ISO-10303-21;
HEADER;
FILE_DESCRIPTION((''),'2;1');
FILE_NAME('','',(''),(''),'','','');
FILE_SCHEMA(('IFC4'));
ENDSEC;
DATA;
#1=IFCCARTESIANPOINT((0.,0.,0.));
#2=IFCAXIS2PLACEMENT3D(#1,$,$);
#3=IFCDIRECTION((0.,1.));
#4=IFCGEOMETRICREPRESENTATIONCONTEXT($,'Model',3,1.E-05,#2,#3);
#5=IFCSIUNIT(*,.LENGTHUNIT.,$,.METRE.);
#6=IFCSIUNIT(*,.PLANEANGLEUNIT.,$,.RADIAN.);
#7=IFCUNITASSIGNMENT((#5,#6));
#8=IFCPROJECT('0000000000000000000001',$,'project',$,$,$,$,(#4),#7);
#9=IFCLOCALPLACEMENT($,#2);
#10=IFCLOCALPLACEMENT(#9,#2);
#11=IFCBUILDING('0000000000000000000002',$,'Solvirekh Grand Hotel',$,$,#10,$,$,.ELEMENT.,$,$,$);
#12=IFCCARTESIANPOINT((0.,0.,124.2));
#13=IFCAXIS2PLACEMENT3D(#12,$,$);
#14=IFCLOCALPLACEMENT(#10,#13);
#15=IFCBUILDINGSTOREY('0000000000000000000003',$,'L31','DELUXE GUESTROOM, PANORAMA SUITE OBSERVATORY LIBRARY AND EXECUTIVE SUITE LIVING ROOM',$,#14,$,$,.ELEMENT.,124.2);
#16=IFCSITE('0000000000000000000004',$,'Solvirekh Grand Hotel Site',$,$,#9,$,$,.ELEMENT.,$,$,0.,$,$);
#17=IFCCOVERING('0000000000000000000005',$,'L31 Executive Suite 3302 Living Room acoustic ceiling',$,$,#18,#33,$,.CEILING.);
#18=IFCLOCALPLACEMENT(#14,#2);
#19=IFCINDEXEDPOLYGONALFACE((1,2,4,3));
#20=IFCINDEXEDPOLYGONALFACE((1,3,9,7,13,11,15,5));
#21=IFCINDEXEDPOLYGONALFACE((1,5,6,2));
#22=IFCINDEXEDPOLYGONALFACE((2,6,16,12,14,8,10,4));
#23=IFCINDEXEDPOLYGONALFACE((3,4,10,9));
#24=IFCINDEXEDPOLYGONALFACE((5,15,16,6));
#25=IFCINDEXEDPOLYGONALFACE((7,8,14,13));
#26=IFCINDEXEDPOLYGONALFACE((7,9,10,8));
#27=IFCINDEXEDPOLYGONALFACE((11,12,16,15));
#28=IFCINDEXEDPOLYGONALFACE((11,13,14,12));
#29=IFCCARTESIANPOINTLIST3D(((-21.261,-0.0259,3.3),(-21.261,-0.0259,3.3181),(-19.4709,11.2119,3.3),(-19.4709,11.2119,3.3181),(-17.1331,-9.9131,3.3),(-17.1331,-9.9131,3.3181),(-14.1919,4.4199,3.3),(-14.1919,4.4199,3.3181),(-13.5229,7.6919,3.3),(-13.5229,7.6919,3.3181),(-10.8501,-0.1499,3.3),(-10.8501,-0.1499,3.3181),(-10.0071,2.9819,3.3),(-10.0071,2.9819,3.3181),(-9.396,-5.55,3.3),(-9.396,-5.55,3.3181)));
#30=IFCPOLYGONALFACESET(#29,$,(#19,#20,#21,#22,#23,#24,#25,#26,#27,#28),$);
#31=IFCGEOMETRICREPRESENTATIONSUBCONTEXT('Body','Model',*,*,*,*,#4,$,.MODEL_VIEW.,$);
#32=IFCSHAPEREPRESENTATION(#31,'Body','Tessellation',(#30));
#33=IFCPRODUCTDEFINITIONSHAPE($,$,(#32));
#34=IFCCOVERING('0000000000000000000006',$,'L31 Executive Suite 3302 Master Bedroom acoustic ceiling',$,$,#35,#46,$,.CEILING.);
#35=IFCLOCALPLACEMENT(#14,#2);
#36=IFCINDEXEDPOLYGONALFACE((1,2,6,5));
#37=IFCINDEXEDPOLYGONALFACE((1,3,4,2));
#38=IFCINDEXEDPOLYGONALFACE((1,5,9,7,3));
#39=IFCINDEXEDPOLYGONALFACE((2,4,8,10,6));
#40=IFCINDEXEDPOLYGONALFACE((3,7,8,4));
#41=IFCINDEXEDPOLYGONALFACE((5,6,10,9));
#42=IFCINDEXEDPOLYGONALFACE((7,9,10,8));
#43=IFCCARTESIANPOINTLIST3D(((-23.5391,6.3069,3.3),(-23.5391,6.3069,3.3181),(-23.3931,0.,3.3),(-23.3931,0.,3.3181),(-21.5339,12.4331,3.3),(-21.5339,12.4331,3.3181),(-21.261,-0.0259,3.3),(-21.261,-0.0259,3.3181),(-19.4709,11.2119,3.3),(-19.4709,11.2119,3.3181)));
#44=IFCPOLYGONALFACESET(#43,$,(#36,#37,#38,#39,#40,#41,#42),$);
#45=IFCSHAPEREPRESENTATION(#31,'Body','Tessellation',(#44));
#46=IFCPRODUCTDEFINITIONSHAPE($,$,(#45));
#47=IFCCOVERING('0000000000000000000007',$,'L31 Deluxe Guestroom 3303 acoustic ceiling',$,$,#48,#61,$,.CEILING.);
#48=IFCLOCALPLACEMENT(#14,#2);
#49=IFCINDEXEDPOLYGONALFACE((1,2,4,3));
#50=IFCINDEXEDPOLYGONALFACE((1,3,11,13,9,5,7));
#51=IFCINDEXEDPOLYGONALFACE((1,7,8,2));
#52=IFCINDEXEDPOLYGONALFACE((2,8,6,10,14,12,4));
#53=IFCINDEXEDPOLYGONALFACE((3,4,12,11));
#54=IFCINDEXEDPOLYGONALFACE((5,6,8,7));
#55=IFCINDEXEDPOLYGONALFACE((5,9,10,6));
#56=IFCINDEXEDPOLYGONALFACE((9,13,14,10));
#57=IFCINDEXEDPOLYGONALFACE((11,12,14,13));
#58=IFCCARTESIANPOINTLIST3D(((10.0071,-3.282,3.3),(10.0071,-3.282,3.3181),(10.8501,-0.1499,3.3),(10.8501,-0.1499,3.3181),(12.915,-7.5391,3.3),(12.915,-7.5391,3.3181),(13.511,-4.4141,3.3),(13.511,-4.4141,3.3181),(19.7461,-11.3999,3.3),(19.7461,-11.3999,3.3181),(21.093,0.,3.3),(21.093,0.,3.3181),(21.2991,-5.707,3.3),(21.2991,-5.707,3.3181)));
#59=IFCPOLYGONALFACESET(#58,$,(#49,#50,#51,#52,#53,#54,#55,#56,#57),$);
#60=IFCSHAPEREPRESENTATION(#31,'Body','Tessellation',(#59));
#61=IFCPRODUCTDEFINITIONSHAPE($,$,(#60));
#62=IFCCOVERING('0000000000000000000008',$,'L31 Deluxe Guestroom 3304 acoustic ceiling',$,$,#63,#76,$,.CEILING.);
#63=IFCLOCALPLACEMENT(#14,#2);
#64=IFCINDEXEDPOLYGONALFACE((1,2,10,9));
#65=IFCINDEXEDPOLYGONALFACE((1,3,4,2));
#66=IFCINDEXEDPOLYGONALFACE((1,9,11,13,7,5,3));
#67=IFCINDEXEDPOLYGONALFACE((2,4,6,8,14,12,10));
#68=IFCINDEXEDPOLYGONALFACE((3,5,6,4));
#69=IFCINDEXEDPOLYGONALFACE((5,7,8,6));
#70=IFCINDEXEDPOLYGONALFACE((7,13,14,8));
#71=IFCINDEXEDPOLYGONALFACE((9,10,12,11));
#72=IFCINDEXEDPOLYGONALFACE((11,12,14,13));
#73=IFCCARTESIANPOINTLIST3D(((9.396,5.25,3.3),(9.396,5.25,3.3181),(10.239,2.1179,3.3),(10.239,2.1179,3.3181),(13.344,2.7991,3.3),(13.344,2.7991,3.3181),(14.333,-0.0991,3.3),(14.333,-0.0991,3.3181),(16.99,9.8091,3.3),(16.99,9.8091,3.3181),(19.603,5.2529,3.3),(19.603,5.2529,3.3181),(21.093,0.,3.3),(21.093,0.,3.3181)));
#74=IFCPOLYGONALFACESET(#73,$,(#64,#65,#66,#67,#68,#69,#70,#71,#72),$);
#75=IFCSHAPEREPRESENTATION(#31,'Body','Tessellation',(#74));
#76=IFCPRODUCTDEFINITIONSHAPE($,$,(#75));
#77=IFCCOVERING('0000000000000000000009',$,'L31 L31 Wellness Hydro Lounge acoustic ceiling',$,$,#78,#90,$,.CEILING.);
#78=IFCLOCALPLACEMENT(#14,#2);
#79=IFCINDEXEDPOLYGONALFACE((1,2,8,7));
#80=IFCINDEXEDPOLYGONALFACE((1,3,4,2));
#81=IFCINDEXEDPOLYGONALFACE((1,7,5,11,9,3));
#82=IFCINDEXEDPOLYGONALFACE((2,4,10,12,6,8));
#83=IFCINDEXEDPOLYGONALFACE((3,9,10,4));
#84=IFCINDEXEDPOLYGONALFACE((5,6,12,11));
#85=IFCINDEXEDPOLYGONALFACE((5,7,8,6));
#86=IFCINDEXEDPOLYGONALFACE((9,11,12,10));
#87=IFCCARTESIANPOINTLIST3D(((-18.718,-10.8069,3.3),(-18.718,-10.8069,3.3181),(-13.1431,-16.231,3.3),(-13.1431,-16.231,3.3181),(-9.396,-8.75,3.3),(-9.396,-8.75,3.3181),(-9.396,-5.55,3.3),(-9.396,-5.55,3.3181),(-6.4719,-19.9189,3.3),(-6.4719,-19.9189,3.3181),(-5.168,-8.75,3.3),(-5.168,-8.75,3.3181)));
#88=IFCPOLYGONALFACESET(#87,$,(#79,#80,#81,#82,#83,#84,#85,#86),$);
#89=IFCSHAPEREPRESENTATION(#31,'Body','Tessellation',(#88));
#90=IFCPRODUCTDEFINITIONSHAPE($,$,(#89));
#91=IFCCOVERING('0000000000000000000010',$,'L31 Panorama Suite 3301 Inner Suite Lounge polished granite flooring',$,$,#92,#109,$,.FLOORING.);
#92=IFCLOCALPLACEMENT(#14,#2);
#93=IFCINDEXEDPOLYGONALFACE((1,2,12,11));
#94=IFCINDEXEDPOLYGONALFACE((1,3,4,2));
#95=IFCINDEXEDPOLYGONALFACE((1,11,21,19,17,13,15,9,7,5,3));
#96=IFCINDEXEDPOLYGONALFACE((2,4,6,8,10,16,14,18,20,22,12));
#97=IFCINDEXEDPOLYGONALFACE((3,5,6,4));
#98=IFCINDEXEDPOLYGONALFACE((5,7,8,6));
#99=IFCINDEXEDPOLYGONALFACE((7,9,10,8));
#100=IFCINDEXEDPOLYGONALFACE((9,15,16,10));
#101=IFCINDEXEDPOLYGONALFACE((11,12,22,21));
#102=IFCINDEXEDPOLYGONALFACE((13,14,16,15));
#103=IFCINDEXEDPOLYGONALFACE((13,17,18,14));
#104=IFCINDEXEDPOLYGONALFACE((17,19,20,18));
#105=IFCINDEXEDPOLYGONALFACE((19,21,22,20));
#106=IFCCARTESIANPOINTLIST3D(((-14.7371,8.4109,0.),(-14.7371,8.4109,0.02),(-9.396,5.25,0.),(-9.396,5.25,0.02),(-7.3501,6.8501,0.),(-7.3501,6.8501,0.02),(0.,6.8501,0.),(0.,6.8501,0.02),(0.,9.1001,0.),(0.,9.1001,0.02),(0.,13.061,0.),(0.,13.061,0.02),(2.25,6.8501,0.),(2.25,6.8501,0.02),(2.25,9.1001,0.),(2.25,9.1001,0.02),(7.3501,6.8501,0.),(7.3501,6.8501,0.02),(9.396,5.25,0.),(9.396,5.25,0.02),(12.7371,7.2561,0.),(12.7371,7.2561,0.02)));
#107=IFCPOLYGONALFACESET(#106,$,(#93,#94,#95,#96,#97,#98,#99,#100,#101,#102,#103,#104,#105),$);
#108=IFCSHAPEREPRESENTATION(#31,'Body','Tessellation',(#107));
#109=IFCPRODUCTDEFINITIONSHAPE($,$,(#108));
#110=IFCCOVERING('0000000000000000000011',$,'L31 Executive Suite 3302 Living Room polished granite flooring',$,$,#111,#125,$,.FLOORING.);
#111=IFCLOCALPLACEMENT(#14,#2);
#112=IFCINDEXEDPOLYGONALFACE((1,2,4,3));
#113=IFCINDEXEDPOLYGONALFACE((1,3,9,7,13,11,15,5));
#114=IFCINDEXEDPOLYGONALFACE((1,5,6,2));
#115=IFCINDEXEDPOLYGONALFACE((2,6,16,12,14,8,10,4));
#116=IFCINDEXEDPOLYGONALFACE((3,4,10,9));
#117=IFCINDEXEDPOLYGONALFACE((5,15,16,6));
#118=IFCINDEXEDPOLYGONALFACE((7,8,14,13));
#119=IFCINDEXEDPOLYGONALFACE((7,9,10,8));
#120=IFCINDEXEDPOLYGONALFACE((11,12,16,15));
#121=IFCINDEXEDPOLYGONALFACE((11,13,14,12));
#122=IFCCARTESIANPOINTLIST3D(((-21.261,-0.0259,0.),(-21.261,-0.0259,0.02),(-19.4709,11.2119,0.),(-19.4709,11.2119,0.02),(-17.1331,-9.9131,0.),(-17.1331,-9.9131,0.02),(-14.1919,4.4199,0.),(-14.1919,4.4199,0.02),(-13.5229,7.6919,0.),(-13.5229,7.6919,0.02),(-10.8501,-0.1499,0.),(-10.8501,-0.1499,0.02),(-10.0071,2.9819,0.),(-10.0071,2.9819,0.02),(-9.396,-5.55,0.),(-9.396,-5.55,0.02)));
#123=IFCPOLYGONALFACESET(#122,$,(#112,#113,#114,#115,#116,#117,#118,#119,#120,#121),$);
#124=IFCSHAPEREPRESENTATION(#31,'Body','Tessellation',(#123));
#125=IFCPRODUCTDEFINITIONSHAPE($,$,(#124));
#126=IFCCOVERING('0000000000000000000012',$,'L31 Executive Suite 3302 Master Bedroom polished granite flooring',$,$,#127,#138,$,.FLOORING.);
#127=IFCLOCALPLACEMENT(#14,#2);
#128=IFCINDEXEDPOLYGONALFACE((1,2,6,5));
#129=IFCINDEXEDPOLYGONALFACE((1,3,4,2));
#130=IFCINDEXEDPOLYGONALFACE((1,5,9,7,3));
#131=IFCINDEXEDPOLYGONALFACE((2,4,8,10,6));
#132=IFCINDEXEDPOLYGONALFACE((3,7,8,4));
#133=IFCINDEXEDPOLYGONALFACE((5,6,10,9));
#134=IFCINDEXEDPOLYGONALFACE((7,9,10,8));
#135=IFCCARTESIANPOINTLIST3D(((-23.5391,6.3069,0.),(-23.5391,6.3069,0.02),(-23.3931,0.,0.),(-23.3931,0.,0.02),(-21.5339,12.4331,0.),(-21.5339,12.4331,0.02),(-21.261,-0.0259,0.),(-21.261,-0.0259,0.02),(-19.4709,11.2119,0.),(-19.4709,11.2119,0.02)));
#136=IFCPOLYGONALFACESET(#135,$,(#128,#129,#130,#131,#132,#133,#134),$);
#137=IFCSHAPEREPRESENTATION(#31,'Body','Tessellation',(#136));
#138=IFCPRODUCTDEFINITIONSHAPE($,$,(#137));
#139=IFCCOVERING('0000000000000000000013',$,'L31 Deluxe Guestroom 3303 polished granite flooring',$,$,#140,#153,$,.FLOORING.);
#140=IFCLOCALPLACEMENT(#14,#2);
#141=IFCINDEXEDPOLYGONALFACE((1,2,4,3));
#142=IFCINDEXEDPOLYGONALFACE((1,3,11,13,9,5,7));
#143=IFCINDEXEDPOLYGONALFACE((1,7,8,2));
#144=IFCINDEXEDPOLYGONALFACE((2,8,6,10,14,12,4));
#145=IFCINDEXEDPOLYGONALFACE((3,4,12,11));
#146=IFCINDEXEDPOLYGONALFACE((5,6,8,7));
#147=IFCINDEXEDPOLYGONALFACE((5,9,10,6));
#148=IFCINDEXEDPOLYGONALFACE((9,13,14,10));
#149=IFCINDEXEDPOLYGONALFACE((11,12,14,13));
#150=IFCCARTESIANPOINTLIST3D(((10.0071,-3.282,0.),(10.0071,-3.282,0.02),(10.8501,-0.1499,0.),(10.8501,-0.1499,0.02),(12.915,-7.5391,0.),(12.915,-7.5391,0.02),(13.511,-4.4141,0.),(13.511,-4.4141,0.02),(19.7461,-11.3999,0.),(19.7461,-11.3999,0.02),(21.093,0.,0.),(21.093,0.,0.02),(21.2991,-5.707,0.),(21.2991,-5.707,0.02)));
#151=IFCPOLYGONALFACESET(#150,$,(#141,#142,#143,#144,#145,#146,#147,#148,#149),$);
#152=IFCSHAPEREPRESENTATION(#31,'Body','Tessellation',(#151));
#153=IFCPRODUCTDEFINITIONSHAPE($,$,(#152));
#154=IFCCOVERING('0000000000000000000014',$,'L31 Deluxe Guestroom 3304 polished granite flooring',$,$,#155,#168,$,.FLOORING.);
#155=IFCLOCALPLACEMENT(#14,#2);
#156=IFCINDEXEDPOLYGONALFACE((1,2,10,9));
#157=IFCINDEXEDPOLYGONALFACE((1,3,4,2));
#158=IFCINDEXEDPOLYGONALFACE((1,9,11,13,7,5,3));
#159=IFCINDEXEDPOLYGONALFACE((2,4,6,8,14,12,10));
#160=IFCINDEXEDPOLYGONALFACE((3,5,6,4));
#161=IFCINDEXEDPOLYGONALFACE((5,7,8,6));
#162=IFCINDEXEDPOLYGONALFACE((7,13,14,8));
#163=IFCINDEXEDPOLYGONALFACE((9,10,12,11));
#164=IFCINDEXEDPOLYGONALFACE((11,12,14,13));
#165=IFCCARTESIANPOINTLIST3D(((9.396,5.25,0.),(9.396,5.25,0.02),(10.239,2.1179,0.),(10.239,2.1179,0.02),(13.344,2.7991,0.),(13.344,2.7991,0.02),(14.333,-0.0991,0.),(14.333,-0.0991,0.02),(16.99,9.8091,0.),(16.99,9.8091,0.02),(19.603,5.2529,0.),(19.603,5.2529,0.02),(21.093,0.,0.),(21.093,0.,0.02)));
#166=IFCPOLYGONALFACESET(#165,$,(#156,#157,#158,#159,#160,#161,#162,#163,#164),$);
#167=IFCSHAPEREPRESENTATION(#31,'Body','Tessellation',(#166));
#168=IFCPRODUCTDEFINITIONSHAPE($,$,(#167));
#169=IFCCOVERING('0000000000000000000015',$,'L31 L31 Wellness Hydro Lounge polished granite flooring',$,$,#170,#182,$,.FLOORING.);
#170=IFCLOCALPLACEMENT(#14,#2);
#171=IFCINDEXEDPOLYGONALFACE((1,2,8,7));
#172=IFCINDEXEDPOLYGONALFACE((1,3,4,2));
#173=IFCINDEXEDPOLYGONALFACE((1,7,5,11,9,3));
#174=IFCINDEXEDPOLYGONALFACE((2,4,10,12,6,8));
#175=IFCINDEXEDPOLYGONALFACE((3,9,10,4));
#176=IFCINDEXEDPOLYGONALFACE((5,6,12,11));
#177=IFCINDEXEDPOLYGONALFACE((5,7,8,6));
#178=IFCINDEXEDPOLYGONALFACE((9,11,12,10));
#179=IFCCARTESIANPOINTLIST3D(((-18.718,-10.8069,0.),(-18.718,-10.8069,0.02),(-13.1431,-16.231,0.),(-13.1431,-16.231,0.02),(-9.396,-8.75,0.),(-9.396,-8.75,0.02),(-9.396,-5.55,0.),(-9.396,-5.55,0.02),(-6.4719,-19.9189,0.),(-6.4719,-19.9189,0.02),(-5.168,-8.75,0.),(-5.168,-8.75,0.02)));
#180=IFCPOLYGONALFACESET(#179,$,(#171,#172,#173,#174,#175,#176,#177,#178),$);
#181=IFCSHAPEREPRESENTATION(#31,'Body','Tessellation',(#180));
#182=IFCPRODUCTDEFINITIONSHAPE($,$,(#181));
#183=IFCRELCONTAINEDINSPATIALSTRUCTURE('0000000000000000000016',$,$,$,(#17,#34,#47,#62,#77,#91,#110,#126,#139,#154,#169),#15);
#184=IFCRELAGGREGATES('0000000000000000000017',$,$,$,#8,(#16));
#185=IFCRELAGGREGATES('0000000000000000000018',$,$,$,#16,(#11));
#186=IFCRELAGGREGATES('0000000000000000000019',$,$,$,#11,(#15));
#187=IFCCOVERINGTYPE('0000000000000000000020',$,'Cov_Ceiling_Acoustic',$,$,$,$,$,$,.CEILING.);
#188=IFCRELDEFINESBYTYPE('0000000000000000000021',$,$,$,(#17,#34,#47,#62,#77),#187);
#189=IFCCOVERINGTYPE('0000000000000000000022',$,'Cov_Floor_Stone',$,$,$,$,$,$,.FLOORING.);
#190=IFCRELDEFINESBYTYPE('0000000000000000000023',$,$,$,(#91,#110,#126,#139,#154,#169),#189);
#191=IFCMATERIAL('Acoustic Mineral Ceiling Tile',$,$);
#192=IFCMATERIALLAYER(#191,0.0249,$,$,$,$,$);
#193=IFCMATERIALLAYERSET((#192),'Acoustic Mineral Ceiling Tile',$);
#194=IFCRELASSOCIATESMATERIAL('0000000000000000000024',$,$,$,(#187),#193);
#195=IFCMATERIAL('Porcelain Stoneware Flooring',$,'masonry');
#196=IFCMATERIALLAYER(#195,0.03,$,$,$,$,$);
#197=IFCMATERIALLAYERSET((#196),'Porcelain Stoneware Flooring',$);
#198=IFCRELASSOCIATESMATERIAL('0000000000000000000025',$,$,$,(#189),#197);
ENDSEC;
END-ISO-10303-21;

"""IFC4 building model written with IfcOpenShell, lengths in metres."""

from ifc_helpers import new_model, si_unit, direction, frame, origin, place, context, subcontext, project, spatial, polyline, outline, extrude, material, layer, layer_set, type_object, element, save


model = new_model("IFC4")

# Units and contexts
model_context = context("Model", 3, precision=1e-05, world=origin(), true_north=direction((0.0, 1.0)))
body_context = subcontext(model_context, "Body", "Model", "MODEL_VIEW")
ifc_project = project(units=[si_unit("LENGTHUNIT", "METRE"), si_unit("PLANEANGLEUNIT", "RADIAN")], contexts=[model_context])

# Site, building, storey
site_placement = place(None, origin())
site = spatial("IfcSite", under=ifc_project, at=site_placement, Name="Solvirekh Grand Hotel Site", CompositionType="ELEMENT", RefElevation=0.0)
building_placement = place(site_placement, origin())
building = spatial("IfcBuilding", under=site, at=building_placement, Name="Solvirekh Grand Hotel", CompositionType="ELEMENT")
storey_placement = place(building_placement, frame((0.0, 0.0, 124.2)))
storey = spatial("IfcBuildingStorey", under=building, at=storey_placement, Name="L31", Description="DELUXE GUESTROOM, PANORAMA SUITE OBSERVATORY LIBRARY AND EXECUTIVE SUITE LIVING ROOM", CompositionType="ELEMENT", Elevation=124.2)

# Coverings
ifc_material_1 = material(Name="Acoustic Mineral Ceiling Tile")
ifc_layer_1 = layer(ifc_material_1, 0.0249)
ifc_layer_set_1 = layer_set([ifc_layer_1], Name="Acoustic Mineral Ceiling Tile")
covering_type_1 = type_object("IfcCoveringType", Name="Cov_Ceiling_Acoustic", PredefinedType="CEILING", material=ifc_layer_set_1)
covering_1_placement = place(storey_placement, frame((0.0, 0.0, 3.3)))
element("IfcCovering", 1, at=covering_1_placement, inside=storey, type_object=covering_type_1, Name="L31 Executive Suite 3302 Living Room acoustic ceiling", PredefinedType="CEILING", context=body_context, shape_type="SweptSolid", body=[
    extrude(outline(polyline([(-14.1919, 4.4199), (-13.5229, 7.6919), (-19.4709, 11.2119), (-21.261, -0.0259), (-17.1331, -9.9131), (-9.396, -5.55), (-10.8501, -0.1499), (-10.0071, 2.9819), (-14.1919, 4.4199)])), origin(), (0.0, 0.0, 1.0), 0.0181),
])
covering_2_placement = place(storey_placement, frame((0.0, 0.0, 3.3)))
element("IfcCovering", 2, at=covering_2_placement, inside=storey, type_object=covering_type_1, Name="L31 Executive Suite 3302 Master Bedroom acoustic ceiling", PredefinedType="CEILING", context=body_context, shape_type="SweptSolid", body=[
    extrude(outline(polyline([(-21.5339, 12.4331), (-23.5391, 6.3069), (-23.3931, 0.0), (-21.261, -0.0259), (-19.4709, 11.2119), (-21.5339, 12.4331)])), origin(), (0.0, 0.0, 1.0), 0.0181),
])
covering_3_placement = place(storey_placement, frame((0.0, 0.0, 3.3)))
element("IfcCovering", 3, at=covering_3_placement, inside=storey, type_object=covering_type_1, Name="L31 Deluxe Guestroom 3303 acoustic ceiling", PredefinedType="CEILING", context=body_context, shape_type="SweptSolid", body=[
    extrude(outline(polyline([(13.511, -4.4141), (12.915, -7.5391), (19.7461, -11.3999), (21.2991, -5.707), (21.093, 0.0), (10.8501, -0.1499), (10.0071, -3.282), (13.511, -4.4141)])), origin(), (0.0, 0.0, 1.0), 0.0181),
])
covering_4_placement = place(storey_placement, frame((0.0, 0.0, 3.3)))
element("IfcCovering", 4, at=covering_4_placement, inside=storey, type_object=covering_type_1, Name="L31 Deluxe Guestroom 3304 acoustic ceiling", PredefinedType="CEILING", context=body_context, shape_type="SweptSolid", body=[
    extrude(outline(polyline([(13.344, 2.7991), (14.333, -0.0991), (21.093, 0.0), (19.603, 5.2529), (16.99, 9.8091), (9.396, 5.25), (10.239, 2.1179), (13.344, 2.7991)])), origin(), (0.0, 0.0, 1.0), 0.0181),
])
covering_5_placement = place(storey_placement, frame((0.0, 0.0, 3.3)))
element("IfcCovering", 5, at=covering_5_placement, inside=storey, type_object=covering_type_1, Name="L31 L31 Wellness Hydro Lounge acoustic ceiling", PredefinedType="CEILING", context=body_context, shape_type="SweptSolid", body=[
    extrude(outline(polyline([(-18.718, -10.8069), (-13.1431, -16.231), (-6.4719, -19.9189), (-5.168, -8.75), (-9.396, -8.75), (-9.396, -5.55), (-18.718, -10.8069)])), origin(), (0.0, 0.0, 1.0), 0.0181),
])
ifc_material_2 = material(Name="Porcelain Stoneware Flooring", Category="masonry")
ifc_layer_2 = layer(ifc_material_2, 0.03)
ifc_layer_set_2 = layer_set([ifc_layer_2], Name="Porcelain Stoneware Flooring")
covering_type_2 = type_object("IfcCoveringType", Name="Cov_Floor_Stone", PredefinedType="FLOORING", material=ifc_layer_set_2)
covering_6_placement = place(storey_placement, origin())
element("IfcCovering", 6, at=covering_6_placement, inside=storey, type_object=covering_type_2, Name="L31 Panorama Suite 3301 Inner Suite Lounge polished granite flooring", PredefinedType="FLOORING", context=body_context, shape_type="SweptSolid", body=[
    extrude(outline(polyline([(0.0, 6.8501), (0.0, 9.1001), (2.25, 9.1001), (2.25, 6.8501), (7.3501, 6.8501), (9.396, 5.25), (12.7371, 7.2561), (0.0, 13.061), (-14.7371, 8.4109), (-9.396, 5.25), (-7.3501, 6.8501), (0.0, 6.8501)])), origin(), (0.0, 0.0, 1.0), 0.02),
])
covering_7_placement = place(storey_placement, origin())
element("IfcCovering", 7, at=covering_7_placement, inside=storey, type_object=covering_type_2, Name="L31 Executive Suite 3302 Living Room polished granite flooring", PredefinedType="FLOORING", context=body_context, shape_type="SweptSolid", body=[
    extrude(outline(polyline([(-14.1919, 4.4199), (-13.5229, 7.6919), (-19.4709, 11.2119), (-21.261, -0.0259), (-17.1331, -9.9131), (-9.396, -5.55), (-10.8501, -0.1499), (-10.0071, 2.9819), (-14.1919, 4.4199)])), origin(), (0.0, 0.0, 1.0), 0.02),
])
covering_8_placement = place(storey_placement, origin())
element("IfcCovering", 8, at=covering_8_placement, inside=storey, type_object=covering_type_2, Name="L31 Executive Suite 3302 Master Bedroom polished granite flooring", PredefinedType="FLOORING", context=body_context, shape_type="SweptSolid", body=[
    extrude(outline(polyline([(-21.5339, 12.4331), (-23.5391, 6.3069), (-23.3931, 0.0), (-21.261, -0.0259), (-19.4709, 11.2119), (-21.5339, 12.4331)])), origin(), (0.0, 0.0, 1.0), 0.02),
])
covering_9_placement = place(storey_placement, origin())
element("IfcCovering", 9, at=covering_9_placement, inside=storey, type_object=covering_type_2, Name="L31 Deluxe Guestroom 3303 polished granite flooring", PredefinedType="FLOORING", context=body_context, shape_type="SweptSolid", body=[
    extrude(outline(polyline([(13.511, -4.4141), (12.915, -7.5391), (19.7461, -11.3999), (21.2991, -5.707), (21.093, 0.0), (10.8501, -0.1499), (10.0071, -3.282), (13.511, -4.4141)])), origin(), (0.0, 0.0, 1.0), 0.02),
])
covering_10_placement = place(storey_placement, origin())
element("IfcCovering", 10, at=covering_10_placement, inside=storey, type_object=covering_type_2, Name="L31 Deluxe Guestroom 3304 polished granite flooring", PredefinedType="FLOORING", context=body_context, shape_type="SweptSolid", body=[
    extrude(outline(polyline([(13.344, 2.7991), (14.333, -0.0991), (21.093, 0.0), (19.603, 5.2529), (16.99, 9.8091), (9.396, 5.25), (10.239, 2.1179), (13.344, 2.7991)])), origin(), (0.0, 0.0, 1.0), 0.02),
])
covering_11_placement = place(storey_placement, origin())
element("IfcCovering", 11, at=covering_11_placement, inside=storey, type_object=covering_type_2, Name="L31 L31 Wellness Hydro Lounge polished granite flooring", PredefinedType="FLOORING", context=body_context, shape_type="SweptSolid", body=[
    extrude(outline(polyline([(-18.718, -10.8069), (-13.1431, -16.231), (-6.4719, -19.9189), (-5.168, -8.75), (-9.396, -8.75), (-9.396, -5.55), (-18.718, -10.8069)])), origin(), (0.0, 0.0, 1.0), 0.02),
])

save(model, "model.ifc")
